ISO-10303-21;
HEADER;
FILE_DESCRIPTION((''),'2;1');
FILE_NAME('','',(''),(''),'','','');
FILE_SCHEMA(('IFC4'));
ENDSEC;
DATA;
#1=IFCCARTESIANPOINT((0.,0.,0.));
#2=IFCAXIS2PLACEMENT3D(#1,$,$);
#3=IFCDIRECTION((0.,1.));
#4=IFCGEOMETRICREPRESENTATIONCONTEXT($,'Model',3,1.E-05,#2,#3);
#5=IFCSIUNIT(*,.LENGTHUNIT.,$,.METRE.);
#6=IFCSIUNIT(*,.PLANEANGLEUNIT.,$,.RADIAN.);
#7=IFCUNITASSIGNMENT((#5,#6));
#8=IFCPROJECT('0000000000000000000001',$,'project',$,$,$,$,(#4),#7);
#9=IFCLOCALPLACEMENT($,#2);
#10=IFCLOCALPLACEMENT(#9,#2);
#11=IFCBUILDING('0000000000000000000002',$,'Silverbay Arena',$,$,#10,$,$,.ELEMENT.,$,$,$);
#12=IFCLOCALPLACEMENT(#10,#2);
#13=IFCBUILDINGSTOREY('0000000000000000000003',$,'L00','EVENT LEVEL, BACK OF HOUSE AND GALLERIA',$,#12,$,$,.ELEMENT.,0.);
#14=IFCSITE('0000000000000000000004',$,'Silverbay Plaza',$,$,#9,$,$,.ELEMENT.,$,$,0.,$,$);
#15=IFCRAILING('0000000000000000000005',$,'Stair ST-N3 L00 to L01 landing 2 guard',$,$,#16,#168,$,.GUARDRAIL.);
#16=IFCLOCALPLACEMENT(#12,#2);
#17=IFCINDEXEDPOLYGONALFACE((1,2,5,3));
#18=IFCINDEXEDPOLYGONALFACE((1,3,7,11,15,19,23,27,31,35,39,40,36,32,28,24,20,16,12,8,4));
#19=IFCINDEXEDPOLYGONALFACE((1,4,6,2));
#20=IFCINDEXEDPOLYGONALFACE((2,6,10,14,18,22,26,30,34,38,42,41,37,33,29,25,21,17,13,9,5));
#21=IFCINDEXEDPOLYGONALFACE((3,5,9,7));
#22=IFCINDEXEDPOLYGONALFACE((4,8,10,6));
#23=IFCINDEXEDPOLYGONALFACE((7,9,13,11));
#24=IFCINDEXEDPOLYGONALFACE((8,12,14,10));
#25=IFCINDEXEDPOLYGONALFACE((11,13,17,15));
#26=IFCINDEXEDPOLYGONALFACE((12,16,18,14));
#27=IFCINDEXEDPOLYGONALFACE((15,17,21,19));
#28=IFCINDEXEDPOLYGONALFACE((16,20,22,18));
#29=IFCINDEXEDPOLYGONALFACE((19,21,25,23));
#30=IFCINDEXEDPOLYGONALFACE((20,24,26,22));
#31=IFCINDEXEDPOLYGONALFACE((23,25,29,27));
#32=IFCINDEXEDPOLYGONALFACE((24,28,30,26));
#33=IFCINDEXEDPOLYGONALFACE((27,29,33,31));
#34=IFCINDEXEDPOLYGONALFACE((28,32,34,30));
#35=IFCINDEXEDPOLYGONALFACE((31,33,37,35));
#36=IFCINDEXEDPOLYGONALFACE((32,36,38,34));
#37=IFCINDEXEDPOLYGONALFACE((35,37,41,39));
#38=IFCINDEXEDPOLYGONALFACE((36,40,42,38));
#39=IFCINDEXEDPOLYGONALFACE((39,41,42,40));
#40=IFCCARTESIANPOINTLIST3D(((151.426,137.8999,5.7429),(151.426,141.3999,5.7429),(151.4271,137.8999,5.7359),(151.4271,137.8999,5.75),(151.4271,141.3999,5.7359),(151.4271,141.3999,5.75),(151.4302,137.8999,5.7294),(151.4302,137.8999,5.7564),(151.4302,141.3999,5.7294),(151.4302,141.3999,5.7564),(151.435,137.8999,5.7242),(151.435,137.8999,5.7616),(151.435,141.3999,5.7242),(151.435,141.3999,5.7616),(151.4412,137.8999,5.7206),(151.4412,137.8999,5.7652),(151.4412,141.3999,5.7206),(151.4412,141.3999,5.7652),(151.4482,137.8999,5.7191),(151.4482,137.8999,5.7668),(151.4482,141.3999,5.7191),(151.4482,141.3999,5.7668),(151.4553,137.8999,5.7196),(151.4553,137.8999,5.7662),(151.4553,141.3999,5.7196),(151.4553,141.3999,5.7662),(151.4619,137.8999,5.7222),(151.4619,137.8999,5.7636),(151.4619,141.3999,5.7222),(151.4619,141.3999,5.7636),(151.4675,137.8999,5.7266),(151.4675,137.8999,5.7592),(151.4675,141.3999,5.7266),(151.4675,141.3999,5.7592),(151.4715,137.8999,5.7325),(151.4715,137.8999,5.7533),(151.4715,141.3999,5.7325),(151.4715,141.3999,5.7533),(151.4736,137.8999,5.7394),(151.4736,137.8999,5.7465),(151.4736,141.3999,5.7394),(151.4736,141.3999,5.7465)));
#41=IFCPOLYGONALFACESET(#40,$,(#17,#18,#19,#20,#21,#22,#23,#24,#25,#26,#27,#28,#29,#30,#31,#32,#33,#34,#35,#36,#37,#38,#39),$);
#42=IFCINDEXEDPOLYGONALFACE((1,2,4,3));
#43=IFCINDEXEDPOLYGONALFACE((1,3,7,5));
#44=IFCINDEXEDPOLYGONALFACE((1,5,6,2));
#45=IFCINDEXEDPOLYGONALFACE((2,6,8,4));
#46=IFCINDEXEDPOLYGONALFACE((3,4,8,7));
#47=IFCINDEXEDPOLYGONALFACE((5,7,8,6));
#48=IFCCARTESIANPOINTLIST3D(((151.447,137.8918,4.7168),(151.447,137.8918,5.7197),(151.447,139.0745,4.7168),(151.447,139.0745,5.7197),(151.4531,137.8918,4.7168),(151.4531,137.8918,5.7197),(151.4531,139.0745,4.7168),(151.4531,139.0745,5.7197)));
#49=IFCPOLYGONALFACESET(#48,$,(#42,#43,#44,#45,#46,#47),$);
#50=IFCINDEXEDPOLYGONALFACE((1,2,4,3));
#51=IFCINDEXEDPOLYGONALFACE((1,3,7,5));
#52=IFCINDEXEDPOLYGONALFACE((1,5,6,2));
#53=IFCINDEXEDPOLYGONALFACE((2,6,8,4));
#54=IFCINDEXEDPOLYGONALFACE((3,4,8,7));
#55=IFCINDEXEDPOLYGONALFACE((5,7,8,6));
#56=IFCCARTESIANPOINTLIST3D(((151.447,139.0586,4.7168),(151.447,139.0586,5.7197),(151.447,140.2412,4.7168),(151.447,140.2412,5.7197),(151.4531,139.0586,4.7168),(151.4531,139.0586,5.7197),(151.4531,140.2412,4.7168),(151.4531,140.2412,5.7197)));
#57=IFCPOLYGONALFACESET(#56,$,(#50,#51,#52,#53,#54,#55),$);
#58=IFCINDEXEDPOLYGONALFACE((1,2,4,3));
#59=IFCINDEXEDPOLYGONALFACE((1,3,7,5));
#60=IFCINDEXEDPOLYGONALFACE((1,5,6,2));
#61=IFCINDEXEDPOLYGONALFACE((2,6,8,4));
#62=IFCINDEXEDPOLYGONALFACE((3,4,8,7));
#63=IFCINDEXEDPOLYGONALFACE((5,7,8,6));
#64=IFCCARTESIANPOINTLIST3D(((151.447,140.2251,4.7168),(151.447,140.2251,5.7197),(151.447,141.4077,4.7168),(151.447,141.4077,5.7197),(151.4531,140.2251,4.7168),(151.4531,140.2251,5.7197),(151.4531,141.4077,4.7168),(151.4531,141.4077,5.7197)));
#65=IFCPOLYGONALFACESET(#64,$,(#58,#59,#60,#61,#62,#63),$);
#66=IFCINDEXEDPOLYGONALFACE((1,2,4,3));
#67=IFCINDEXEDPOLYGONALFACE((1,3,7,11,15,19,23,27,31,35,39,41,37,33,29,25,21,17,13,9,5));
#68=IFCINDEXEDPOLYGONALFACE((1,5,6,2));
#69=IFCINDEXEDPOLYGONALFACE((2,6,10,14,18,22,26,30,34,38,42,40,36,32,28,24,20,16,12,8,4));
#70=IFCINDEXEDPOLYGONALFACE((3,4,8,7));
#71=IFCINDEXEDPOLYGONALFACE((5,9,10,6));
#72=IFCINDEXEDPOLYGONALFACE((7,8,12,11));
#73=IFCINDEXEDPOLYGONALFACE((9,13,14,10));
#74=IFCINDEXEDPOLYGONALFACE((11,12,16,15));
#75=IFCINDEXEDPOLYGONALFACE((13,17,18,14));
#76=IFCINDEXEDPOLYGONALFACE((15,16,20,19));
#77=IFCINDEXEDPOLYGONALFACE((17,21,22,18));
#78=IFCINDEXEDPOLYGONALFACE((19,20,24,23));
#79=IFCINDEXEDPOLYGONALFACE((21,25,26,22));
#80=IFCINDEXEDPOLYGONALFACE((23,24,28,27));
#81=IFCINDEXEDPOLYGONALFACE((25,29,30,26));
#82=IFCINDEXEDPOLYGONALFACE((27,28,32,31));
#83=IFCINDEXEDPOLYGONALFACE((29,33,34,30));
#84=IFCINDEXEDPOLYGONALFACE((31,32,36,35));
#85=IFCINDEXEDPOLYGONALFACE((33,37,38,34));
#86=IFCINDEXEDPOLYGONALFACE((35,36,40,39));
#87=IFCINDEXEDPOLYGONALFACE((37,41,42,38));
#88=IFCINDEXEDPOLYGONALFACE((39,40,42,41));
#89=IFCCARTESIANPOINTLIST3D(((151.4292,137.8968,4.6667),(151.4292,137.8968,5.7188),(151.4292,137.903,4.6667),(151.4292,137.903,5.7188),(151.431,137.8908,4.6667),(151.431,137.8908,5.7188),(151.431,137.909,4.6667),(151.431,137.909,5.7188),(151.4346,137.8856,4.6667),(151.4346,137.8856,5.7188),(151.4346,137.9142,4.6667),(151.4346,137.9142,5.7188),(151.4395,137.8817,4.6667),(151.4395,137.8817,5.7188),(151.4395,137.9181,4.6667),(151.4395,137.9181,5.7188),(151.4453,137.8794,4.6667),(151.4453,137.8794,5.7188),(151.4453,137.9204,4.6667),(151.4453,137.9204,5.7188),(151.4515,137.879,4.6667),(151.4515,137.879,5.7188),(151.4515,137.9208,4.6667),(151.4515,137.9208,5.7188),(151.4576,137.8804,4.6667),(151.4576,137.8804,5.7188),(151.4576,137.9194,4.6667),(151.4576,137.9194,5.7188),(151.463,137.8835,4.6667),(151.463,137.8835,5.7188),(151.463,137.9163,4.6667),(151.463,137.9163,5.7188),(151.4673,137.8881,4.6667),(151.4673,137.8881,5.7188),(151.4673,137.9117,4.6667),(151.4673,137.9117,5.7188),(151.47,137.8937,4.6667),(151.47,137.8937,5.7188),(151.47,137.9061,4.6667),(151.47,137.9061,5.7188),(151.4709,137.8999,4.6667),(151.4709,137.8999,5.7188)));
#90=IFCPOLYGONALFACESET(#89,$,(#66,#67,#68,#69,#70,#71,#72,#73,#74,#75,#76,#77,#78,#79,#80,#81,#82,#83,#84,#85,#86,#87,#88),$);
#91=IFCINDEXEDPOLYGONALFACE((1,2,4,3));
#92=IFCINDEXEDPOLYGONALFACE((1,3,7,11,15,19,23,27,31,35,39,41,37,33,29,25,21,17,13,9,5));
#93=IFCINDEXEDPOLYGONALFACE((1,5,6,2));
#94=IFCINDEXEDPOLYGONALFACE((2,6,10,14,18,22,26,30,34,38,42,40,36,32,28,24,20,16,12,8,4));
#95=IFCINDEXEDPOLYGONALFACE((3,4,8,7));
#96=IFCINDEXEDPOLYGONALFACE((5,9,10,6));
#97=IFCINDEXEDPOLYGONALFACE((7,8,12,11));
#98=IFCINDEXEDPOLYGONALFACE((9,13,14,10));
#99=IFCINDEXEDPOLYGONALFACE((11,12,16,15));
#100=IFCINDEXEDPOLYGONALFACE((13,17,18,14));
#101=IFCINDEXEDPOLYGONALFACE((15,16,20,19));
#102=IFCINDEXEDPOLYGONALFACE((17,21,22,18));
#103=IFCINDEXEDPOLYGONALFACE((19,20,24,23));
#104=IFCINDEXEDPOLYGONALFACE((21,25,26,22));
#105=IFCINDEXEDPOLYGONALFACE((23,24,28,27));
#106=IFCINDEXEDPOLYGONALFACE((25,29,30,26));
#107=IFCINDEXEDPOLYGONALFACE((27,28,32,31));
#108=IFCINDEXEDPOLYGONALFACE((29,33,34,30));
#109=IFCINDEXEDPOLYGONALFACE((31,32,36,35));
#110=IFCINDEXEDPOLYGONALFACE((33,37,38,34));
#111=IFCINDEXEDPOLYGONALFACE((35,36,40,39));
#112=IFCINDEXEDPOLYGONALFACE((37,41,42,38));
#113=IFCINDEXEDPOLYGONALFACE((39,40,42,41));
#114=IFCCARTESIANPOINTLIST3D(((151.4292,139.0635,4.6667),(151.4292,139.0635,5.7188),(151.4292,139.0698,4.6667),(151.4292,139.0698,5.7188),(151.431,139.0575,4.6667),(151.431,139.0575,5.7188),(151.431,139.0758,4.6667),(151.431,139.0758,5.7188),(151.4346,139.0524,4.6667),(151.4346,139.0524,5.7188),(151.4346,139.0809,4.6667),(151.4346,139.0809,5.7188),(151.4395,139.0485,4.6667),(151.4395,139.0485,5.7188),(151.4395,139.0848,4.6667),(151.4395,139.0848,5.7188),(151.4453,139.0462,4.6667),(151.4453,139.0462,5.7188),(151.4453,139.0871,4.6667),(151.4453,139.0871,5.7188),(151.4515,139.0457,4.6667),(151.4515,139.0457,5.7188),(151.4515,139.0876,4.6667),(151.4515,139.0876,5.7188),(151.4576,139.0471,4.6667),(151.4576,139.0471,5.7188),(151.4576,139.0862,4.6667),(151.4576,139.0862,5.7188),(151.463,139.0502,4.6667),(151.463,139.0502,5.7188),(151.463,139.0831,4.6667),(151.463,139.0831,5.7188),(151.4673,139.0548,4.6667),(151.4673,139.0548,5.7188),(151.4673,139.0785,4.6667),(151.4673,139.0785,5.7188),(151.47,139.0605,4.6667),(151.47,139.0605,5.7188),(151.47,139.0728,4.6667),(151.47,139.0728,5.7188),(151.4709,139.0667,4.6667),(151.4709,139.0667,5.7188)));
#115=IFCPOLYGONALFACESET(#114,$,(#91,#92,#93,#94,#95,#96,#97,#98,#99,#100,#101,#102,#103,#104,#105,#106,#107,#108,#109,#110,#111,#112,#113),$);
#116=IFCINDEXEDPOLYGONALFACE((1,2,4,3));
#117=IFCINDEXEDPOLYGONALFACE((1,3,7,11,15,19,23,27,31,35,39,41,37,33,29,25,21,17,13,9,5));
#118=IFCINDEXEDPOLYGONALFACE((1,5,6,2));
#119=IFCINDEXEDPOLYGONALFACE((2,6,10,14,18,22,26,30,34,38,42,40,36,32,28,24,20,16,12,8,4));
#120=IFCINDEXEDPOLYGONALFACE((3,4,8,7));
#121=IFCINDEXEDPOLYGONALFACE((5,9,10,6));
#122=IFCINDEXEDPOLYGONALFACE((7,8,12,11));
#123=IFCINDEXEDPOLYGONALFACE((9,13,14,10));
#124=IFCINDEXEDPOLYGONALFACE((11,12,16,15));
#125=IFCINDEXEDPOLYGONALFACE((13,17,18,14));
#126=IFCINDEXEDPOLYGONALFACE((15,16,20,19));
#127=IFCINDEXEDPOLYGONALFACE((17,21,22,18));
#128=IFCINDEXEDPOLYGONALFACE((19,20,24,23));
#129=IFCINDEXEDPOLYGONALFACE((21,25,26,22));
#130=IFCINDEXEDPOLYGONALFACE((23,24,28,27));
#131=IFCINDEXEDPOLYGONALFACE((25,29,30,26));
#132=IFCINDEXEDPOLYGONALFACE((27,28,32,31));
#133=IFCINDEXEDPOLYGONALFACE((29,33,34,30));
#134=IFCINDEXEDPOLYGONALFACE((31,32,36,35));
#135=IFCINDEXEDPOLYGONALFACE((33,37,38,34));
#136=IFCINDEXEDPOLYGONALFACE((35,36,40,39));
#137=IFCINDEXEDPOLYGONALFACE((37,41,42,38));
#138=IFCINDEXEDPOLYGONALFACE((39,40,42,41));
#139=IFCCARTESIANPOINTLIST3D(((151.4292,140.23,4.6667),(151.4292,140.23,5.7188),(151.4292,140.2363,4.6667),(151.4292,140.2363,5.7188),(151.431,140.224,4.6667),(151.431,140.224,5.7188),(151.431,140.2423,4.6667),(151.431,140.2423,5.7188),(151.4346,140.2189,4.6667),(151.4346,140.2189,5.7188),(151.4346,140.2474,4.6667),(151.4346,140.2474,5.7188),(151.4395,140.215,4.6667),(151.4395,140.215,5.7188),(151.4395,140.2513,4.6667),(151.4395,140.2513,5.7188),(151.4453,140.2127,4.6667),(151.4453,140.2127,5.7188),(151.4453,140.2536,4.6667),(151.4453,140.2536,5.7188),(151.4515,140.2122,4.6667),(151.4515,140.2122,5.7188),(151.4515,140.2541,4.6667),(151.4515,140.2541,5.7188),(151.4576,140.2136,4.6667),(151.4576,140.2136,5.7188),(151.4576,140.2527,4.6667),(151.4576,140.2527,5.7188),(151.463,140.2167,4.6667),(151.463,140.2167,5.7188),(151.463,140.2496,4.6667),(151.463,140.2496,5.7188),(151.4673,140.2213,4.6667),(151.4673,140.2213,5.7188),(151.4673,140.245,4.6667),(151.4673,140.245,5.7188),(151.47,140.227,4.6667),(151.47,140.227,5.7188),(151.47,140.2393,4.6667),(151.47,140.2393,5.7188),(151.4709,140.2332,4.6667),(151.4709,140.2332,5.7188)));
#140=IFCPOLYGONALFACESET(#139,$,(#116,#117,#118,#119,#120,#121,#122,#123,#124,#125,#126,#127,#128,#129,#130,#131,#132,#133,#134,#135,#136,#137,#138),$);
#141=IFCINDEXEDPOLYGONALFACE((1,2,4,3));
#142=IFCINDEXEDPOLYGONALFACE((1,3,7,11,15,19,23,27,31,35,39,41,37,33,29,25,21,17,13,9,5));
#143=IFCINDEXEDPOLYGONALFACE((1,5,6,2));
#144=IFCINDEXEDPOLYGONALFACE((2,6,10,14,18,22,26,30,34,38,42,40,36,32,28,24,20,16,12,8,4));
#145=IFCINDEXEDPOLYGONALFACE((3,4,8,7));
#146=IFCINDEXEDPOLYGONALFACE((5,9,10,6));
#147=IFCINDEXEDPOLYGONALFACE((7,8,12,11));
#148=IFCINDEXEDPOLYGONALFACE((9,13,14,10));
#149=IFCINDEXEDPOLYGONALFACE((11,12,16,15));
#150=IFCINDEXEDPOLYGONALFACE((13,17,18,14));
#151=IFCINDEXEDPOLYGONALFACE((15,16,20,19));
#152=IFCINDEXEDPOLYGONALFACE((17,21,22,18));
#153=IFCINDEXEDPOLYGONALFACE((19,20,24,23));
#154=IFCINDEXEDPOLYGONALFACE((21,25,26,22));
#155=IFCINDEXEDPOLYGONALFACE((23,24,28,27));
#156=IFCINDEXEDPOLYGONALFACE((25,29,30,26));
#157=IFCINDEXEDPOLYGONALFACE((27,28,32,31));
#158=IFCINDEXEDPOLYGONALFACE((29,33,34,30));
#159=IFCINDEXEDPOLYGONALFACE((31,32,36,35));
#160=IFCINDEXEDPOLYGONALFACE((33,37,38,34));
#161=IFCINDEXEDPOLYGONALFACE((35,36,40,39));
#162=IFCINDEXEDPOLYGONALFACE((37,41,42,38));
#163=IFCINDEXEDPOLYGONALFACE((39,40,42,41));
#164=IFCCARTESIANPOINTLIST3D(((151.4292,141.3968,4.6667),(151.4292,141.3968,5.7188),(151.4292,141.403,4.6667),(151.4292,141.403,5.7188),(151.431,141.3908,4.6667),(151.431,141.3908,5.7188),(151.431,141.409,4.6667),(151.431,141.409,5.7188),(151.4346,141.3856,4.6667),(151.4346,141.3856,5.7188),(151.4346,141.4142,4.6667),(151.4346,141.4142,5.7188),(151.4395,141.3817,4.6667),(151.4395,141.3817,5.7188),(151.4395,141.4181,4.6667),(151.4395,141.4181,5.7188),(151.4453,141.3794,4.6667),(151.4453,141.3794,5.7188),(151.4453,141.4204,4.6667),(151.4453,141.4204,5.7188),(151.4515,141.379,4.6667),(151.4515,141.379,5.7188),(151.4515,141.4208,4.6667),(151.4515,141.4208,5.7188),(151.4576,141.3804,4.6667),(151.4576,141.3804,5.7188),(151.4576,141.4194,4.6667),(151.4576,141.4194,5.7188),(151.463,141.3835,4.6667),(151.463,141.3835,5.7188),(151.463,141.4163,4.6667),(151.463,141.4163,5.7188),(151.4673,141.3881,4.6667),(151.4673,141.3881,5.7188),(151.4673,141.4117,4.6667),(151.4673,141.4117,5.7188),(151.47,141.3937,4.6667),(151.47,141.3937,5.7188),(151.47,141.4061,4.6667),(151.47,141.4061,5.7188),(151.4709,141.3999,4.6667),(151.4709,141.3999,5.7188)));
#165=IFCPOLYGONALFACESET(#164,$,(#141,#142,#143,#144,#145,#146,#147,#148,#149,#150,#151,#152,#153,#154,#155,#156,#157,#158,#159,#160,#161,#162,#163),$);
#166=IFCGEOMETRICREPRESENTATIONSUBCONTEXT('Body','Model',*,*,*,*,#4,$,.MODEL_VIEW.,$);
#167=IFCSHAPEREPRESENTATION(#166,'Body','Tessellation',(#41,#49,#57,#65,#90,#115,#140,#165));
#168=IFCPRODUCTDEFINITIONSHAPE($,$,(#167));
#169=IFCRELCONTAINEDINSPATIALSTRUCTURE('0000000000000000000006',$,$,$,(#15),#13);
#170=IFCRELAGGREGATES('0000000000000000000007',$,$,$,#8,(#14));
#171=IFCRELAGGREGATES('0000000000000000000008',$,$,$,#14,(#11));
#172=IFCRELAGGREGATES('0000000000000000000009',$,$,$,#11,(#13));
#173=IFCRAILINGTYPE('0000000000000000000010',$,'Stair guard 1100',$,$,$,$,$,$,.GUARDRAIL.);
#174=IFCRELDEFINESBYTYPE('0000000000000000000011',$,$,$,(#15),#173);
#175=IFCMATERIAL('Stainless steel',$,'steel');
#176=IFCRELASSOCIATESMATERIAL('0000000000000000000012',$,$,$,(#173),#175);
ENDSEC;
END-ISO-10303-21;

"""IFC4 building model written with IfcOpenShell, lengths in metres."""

from ifc_helpers import new_model, si_unit, direction, frame, origin, origin_2d, place, context, subcontext, project, spatial, polyline, circle, outline, extrude, material, type_object, element, save


model = new_model("IFC4")

# Units and contexts
model_context = context("Model", 3, precision=1e-05, world=origin(), true_north=direction((0.0, 1.0)))
body_context = subcontext(model_context, "Body", "Model", "MODEL_VIEW")
ifc_project = project(units=[si_unit("LENGTHUNIT", "METRE"), si_unit("PLANEANGLEUNIT", "RADIAN")], contexts=[model_context])

# Site, building, storey
site_placement = place(None, origin())
site = spatial("IfcSite", under=ifc_project, at=site_placement, Name="Silverbay Plaza", CompositionType="ELEMENT", RefElevation=0.0)
building_placement = place(site_placement, origin())
building = spatial("IfcBuilding", under=site, at=building_placement, Name="Silverbay Arena", CompositionType="ELEMENT")
storey_placement = place(building_placement, origin())
storey = spatial("IfcBuildingStorey", under=building, at=storey_placement, Name="L00", Description="EVENT LEVEL, BACK OF HOUSE AND GALLERIA", CompositionType="ELEMENT", Elevation=0.0)

# Railing
ifc_material_1 = material(Name="Stainless steel", Category="steel")
railing_type_1 = type_object("IfcRailingType", Name="Stair guard 1100", PredefinedType="GUARDRAIL", material=ifc_material_1)
for number, where, name in (
    (1, (151.45, 137.8999, 4.6667), "Stair ST-N3 L00 to L01 landing 2 guard"),
):
    element("IfcRailing", number, at=place(storey_placement, frame(where)), inside=storey, type_object=railing_type_1, Name=name, PredefinedType="GUARDRAIL", context=body_context, shape_type="SweptSolid", body=[
        extrude(circle(Radius=0.0239, at=origin_2d()), frame((0.0, 0.0, 1.0762), z_axis=(0.0, 1.0, 0.0), x_axis=(-1.0, 0.0, 0.0)), (0.0, 0.0, 1.0), 3.5),
        extrude(outline(polyline([(-0.0081, 0.05), (1.1746, 0.05), (1.1746, 1.053), (-0.0081, 1.053), (-0.0081, 0.05)])), frame((-0.0029, 0.0, 0.0), z_axis=(1.0, 0.0, 0.0), x_axis=(0.0, 1.0, 0.0)), (0.0, 0.0, 1.0), 0.0061),
        extrude(outline(polyline([(-0.0081, 0.05), (1.1746, 0.05), (1.1746, 1.053), (-0.0081, 1.053), (-0.0081, 0.05)])), frame((-0.0029, 1.1667, 0.0), z_axis=(1.0, 0.0, 0.0), x_axis=(0.0, 1.0, 0.0)), (0.0, 0.0, 1.0), 0.0061),
        extrude(outline(polyline([(-0.0081, 0.05), (1.1746, 0.05), (1.1746, 1.053), (-0.0081, 1.053), (-0.0081, 0.05)])), frame((-0.0029, 2.3333, 0.0), z_axis=(1.0, 0.0, 0.0), x_axis=(0.0, 1.0, 0.0)), (0.0, 0.0, 1.0), 0.0061),
        extrude(circle(Radius=0.021, at=origin_2d()), origin(), (0.0, 0.0, 1.0), 1.052),
        extrude(circle(Radius=0.021, at=origin_2d()), frame((0.0, 1.1667, 0.0)), (0.0, 0.0, 1.0), 1.052),
        extrude(circle(Radius=0.021, at=origin_2d()), frame((0.0, 2.3333, 0.0)), (0.0, 0.0, 1.0), 1.052),
        extrude(circle(Radius=0.021, at=origin_2d()), frame((0.0, 3.5, 0.0)), (0.0, 0.0, 1.0), 1.052),
    ])

save(model, "model.ifc")
